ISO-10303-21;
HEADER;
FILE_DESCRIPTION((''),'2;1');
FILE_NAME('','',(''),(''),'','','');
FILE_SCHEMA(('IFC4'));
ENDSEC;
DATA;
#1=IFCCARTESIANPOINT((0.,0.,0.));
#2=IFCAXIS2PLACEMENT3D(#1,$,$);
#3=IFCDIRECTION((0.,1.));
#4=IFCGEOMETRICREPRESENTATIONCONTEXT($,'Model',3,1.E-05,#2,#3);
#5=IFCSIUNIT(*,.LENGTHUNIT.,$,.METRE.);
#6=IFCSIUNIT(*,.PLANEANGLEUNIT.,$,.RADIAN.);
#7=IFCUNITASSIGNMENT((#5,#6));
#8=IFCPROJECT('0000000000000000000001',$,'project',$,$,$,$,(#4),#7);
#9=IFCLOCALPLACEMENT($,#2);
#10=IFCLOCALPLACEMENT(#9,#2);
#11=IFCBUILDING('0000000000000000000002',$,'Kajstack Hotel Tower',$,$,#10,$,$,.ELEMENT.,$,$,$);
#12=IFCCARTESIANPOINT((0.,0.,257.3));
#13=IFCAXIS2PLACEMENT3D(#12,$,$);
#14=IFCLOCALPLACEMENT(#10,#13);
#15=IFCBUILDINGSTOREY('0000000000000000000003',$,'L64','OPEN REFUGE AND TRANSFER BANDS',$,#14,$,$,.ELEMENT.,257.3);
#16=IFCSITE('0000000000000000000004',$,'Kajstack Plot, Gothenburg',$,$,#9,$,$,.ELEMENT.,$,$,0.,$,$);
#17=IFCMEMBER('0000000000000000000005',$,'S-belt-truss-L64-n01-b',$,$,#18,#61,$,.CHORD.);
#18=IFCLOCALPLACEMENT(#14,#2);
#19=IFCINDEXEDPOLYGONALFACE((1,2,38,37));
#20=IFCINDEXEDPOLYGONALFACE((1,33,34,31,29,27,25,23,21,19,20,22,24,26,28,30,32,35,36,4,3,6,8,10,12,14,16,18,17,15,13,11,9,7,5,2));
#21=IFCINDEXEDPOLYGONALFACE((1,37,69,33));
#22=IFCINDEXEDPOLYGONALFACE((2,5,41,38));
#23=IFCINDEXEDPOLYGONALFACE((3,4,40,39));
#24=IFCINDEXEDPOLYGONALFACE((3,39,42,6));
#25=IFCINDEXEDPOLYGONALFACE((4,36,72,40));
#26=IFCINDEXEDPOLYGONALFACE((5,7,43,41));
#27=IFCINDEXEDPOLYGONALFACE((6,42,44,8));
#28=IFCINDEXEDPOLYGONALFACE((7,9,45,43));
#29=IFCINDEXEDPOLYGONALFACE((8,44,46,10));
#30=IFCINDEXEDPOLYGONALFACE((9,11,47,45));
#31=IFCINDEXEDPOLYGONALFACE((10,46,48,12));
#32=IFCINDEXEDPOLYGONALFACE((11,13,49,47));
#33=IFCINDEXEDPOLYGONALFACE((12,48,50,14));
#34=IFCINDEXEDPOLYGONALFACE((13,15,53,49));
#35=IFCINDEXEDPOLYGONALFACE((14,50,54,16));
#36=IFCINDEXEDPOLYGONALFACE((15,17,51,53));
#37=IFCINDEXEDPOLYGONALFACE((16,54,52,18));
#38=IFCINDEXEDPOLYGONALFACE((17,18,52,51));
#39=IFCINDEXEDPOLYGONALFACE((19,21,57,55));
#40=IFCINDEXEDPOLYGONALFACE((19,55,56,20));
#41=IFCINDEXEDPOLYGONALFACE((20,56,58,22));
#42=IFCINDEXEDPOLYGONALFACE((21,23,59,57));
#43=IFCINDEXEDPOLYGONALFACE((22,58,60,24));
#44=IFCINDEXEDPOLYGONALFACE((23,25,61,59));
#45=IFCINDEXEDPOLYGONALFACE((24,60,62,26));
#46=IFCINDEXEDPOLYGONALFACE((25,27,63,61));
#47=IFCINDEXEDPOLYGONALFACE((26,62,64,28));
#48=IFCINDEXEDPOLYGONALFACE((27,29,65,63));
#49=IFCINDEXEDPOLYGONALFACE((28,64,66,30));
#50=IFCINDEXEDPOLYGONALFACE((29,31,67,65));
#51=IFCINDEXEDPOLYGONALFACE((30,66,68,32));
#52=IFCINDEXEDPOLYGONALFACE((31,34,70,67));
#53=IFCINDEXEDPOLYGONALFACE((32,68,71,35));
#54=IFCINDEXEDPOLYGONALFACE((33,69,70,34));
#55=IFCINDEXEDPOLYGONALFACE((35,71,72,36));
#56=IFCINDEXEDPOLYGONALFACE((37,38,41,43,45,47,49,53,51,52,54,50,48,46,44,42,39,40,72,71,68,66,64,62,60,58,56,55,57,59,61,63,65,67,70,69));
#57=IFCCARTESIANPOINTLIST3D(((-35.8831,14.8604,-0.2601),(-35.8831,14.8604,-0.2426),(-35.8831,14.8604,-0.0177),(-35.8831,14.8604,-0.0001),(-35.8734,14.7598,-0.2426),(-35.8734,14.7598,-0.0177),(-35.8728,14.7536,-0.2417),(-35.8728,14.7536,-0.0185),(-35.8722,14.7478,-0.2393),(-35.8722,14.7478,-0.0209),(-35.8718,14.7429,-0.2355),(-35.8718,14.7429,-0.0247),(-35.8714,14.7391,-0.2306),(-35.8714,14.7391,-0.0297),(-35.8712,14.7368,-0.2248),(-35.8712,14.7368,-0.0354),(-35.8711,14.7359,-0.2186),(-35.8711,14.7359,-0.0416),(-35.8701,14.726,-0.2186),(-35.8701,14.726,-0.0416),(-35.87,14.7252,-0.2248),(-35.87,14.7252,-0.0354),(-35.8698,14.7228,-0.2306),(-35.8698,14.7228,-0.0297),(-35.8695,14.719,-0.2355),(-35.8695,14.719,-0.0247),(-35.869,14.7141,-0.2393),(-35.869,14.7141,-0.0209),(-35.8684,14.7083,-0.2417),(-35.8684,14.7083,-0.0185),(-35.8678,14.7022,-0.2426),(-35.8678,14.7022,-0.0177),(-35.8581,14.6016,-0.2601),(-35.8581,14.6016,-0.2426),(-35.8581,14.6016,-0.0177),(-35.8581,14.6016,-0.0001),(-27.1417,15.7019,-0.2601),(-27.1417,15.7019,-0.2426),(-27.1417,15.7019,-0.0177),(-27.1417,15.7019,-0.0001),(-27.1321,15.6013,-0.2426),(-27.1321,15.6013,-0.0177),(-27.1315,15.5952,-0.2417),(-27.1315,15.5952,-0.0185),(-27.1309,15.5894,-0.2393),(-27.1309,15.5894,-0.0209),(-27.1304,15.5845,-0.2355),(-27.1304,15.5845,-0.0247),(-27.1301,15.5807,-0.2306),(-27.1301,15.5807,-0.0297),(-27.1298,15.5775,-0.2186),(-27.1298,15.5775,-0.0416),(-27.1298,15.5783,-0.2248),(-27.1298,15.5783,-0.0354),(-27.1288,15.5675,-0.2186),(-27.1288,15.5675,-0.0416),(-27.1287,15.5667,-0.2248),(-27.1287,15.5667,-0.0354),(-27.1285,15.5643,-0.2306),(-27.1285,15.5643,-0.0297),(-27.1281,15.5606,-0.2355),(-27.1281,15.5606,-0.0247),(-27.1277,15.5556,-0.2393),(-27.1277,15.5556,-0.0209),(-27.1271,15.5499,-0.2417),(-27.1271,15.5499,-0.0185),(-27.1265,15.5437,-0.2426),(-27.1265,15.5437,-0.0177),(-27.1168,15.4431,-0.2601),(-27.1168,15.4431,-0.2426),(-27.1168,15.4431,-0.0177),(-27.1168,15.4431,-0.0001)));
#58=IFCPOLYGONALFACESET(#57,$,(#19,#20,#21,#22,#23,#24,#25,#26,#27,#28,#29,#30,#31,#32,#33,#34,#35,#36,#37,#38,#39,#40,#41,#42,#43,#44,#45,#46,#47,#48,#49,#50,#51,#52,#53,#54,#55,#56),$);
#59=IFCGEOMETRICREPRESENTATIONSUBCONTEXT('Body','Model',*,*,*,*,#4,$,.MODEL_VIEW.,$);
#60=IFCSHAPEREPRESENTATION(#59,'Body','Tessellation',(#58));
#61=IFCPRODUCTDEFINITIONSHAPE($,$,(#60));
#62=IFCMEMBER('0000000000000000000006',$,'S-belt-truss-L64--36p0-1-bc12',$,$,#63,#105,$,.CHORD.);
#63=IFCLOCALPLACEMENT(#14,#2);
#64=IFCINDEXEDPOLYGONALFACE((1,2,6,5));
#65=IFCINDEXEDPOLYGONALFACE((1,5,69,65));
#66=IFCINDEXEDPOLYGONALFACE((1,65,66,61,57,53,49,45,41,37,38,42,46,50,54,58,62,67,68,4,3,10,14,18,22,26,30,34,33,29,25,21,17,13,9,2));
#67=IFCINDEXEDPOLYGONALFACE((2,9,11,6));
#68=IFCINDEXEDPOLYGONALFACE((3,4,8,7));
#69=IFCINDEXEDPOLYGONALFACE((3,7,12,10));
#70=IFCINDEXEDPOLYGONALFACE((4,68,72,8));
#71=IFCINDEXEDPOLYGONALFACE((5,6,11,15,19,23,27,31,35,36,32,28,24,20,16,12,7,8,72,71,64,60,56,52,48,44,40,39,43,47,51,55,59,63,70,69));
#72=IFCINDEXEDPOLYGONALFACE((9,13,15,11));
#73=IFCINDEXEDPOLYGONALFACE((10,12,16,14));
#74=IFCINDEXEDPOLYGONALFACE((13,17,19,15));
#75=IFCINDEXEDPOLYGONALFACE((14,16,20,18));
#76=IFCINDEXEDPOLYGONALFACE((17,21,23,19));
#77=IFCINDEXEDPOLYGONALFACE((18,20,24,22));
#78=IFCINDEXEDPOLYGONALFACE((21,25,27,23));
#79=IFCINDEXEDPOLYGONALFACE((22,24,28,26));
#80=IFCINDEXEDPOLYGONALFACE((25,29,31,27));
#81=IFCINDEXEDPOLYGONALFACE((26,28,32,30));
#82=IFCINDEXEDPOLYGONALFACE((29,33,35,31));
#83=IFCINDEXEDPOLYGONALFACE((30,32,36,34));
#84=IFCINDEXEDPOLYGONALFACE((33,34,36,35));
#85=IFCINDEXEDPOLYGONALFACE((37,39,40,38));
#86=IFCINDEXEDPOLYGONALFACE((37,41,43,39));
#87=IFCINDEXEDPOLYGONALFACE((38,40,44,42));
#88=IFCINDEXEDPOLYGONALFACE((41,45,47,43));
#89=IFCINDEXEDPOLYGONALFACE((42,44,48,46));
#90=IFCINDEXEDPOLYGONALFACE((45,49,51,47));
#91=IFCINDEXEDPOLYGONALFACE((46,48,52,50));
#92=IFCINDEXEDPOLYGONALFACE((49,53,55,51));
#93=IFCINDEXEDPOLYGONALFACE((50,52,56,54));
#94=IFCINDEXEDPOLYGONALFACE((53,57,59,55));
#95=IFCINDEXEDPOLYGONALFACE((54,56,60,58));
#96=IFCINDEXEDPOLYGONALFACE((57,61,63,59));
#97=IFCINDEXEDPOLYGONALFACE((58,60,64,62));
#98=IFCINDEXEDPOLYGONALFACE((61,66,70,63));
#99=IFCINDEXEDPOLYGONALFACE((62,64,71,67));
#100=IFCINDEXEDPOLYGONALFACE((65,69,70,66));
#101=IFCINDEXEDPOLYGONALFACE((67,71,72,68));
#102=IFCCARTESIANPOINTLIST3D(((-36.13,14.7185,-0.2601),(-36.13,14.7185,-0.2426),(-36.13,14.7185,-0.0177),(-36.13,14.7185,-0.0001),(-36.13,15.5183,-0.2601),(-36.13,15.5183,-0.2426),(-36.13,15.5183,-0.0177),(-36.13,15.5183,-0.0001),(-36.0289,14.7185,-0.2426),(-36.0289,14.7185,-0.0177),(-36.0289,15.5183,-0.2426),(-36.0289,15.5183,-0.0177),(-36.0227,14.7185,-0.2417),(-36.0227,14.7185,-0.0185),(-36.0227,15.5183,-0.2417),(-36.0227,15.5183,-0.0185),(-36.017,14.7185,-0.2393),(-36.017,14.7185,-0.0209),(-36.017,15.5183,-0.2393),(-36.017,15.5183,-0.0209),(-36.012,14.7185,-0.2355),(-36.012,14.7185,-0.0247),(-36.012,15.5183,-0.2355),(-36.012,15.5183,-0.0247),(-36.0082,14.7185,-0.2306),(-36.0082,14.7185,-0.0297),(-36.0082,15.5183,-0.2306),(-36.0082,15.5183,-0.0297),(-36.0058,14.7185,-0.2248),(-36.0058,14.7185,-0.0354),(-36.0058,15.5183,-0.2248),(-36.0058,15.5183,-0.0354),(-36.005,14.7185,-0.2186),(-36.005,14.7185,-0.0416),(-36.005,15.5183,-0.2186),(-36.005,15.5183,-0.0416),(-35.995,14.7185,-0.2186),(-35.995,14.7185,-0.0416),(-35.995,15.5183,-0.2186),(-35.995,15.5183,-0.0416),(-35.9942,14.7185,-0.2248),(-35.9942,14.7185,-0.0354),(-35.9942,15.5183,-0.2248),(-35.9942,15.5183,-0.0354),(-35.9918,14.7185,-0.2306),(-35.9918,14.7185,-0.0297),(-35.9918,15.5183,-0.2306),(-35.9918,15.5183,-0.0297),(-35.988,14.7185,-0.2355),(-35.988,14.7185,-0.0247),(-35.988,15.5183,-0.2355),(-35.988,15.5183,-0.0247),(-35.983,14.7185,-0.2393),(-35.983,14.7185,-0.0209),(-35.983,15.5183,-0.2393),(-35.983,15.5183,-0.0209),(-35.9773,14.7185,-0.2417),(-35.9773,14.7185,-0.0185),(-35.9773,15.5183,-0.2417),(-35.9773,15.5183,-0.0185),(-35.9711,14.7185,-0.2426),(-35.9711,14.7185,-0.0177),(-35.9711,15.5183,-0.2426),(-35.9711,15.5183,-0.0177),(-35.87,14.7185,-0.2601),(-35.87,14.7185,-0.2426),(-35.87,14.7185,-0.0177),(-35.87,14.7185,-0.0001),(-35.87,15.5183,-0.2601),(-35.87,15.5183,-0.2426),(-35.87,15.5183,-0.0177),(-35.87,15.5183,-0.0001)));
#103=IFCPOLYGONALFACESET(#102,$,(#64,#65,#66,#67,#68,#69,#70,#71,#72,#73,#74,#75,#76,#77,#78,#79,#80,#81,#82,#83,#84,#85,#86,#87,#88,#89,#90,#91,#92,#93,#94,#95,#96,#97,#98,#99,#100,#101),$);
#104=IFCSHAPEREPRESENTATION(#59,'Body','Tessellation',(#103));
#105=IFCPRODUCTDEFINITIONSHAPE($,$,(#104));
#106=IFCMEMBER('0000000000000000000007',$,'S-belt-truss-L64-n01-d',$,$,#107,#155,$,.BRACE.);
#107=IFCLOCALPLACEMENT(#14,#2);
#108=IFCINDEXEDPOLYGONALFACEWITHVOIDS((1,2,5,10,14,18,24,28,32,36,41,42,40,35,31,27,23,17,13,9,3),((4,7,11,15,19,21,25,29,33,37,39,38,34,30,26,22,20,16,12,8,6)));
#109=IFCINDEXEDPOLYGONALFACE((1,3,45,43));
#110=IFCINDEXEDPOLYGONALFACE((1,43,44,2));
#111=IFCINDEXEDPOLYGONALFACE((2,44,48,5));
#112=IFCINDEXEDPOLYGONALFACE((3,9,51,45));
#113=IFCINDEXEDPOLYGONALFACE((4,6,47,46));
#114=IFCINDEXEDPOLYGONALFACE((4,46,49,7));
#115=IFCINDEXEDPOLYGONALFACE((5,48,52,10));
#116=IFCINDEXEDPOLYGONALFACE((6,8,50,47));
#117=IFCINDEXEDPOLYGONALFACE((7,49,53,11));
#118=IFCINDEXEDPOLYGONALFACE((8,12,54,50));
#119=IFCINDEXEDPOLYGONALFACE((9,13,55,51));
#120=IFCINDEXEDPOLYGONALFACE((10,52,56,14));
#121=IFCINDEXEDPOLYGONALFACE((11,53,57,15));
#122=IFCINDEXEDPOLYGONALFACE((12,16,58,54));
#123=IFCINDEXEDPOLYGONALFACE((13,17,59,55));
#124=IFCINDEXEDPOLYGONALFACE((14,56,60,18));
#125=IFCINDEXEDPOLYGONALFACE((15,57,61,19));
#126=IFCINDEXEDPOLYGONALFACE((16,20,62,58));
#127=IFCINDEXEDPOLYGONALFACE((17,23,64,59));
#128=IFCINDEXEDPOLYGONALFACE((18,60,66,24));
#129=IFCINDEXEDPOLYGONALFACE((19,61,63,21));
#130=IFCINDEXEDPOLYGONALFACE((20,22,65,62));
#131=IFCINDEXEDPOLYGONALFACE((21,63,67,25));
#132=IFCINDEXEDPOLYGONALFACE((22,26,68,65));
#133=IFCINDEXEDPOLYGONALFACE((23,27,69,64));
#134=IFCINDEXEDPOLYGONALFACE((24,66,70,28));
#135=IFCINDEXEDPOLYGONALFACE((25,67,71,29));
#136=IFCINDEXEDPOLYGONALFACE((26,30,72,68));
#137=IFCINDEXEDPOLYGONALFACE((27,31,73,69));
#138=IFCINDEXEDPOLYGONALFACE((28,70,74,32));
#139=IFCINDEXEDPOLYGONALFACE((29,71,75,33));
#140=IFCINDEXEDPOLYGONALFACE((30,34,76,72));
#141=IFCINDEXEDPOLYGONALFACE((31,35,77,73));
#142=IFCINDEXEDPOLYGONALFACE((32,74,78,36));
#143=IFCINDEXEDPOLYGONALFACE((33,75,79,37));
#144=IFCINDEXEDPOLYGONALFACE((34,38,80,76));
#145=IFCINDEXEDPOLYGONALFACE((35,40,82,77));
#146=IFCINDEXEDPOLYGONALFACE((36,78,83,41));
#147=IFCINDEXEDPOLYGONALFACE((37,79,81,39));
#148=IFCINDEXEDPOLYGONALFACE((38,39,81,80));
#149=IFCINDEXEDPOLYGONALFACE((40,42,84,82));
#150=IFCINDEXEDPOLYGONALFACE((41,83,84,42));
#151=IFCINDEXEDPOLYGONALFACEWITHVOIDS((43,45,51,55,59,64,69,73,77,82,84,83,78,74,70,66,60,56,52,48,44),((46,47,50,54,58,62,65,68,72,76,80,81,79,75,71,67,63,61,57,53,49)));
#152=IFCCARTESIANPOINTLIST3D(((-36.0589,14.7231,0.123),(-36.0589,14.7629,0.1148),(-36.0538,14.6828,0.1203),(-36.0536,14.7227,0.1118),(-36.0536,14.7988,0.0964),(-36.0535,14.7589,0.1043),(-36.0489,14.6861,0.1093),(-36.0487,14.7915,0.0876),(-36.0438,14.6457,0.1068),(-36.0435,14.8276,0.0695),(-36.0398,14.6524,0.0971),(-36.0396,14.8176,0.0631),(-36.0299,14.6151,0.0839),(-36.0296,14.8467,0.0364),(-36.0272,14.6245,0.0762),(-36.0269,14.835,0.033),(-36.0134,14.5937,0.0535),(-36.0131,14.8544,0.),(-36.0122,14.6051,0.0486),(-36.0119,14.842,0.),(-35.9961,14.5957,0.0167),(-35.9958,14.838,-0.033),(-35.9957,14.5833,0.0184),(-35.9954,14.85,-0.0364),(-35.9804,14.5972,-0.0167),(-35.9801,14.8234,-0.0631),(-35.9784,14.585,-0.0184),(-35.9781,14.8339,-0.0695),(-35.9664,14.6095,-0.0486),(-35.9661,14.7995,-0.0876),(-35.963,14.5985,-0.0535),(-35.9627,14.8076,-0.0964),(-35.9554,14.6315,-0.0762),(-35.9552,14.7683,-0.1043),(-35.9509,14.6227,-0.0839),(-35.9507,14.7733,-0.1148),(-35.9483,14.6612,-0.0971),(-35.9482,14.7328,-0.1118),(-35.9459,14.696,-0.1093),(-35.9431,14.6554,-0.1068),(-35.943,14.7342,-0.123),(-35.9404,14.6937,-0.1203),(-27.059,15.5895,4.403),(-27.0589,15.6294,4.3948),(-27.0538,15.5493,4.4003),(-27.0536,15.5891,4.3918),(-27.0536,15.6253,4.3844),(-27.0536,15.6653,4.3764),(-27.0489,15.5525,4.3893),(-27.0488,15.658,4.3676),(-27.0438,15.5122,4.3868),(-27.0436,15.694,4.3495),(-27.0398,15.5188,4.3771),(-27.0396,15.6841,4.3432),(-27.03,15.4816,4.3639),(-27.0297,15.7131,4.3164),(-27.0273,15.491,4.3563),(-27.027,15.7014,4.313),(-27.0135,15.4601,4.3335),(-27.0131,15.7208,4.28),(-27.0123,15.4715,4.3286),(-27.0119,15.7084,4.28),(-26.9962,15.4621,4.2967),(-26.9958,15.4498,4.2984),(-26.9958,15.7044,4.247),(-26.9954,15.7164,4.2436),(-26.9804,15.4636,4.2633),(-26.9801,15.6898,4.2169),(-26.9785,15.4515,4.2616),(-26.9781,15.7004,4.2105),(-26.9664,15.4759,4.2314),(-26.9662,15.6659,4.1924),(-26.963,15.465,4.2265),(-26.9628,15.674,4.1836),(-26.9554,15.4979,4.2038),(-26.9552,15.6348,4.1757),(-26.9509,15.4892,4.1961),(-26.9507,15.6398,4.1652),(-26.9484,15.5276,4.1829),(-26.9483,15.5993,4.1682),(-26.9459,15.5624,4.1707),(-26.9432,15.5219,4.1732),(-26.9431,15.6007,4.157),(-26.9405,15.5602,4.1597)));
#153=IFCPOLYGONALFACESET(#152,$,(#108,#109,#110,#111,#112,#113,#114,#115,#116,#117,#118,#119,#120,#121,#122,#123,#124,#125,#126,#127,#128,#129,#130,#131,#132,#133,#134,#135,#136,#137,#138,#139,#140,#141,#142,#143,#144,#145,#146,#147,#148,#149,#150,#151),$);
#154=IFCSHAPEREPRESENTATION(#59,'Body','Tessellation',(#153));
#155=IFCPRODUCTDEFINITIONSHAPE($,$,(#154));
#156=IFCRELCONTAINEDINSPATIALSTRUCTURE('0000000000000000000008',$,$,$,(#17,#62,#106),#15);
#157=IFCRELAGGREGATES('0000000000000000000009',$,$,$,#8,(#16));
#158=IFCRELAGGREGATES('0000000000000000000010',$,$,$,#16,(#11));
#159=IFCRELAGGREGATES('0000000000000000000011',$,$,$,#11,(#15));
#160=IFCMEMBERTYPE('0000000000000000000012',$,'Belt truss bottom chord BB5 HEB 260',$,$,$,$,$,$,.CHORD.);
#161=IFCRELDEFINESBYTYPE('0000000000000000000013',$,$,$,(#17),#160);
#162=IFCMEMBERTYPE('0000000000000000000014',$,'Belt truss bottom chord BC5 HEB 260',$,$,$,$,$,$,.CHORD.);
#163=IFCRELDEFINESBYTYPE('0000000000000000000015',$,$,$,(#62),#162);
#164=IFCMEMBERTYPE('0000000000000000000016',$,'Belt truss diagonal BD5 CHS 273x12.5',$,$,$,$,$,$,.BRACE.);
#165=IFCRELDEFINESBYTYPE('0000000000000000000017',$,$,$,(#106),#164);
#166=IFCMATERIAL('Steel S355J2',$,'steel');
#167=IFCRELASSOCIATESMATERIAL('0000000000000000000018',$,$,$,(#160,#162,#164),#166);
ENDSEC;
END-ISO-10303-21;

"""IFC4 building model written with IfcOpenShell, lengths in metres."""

from ifc_helpers import new_model, si_unit, direction, frame, origin, origin_2d, place, context, subcontext, project, spatial, hollow_circle, i_section, extrude, material, material_profile, profile_set, type_object, element, save


model = new_model("IFC4")

# Units and contexts
model_context = context("Model", 3, precision=1e-05, world=origin(), true_north=direction((0.0, 1.0)))
body_context = subcontext(model_context, "Body", "Model", "MODEL_VIEW")
ifc_project = project(units=[si_unit("LENGTHUNIT", "METRE"), si_unit("PLANEANGLEUNIT", "RADIAN")], contexts=[model_context])

# Site, building, storey
site_placement = place(None, origin())
site = spatial("IfcSite", under=ifc_project, at=site_placement, Name="Kajstack Plot, Gothenburg", CompositionType="ELEMENT", RefElevation=0.0)
building_placement = place(site_placement, origin())
building = spatial("IfcBuilding", under=site, at=building_placement, Name="Kajstack Hotel Tower", CompositionType="ELEMENT")
storey_placement = place(building_placement, frame((0.0, 0.0, 257.3)))
storey = spatial("IfcBuildingStorey", under=building, at=storey_placement, Name="L64", Description="OPEN REFUGE AND TRANSFER BANDS", CompositionType="ELEMENT", Elevation=257.3)

# Members
ifc_material = material(Name="Steel S355J2", Category="steel")
ifc_material_profile_1 = material_profile(ifc_material, i_section(OverallWidth=0.26, OverallDepth=0.26, WebThickness=0.01, FlangeThickness=0.0176, FilletRadius=0.0239, at=origin_2d()), Name="HEB 260")
ifc_profile_set_1 = profile_set([ifc_material_profile_1], Name="Steel S355J2")
member_type_1 = type_object("IfcMemberType", Name="Belt truss bottom chord BB5 HEB 260", PredefinedType="CHORD", material=ifc_profile_set_1)
member_1_placement = place(storey_placement, frame((-35.8706, 14.731, -0.1301), z_axis=(0.995398, 0.095831, 0.0), x_axis=(-0.095831, 0.995398, 0.0)))
element("IfcMember", 1, at=member_1_placement, inside=storey, type_object=member_type_1, Name="S-belt-truss-L64-n01-b", PredefinedType="CHORD", context=body_context, shape_type="SweptSolid", body=[
    extrude(i_section(OverallWidth=0.26, OverallDepth=0.26, WebThickness=0.01, FlangeThickness=0.0176, FilletRadius=0.0239, at=origin_2d()), origin(), (0.0, 0.0, 1.0), 8.7817),
])
ifc_material_profile_2 = material_profile(ifc_material, i_section(OverallWidth=0.26, OverallDepth=0.26, WebThickness=0.01, FlangeThickness=0.0176, FilletRadius=0.0239, at=origin_2d()), Name="HEB 260")
ifc_profile_set_2 = profile_set([ifc_material_profile_2], Name="Steel S355J2")
member_type_2 = type_object("IfcMemberType", Name="Belt truss bottom chord BC5 HEB 260", PredefinedType="CHORD", material=ifc_profile_set_2)
member_2_placement = place(storey_placement, frame((-36.0, 14.7185, -0.1301), z_axis=(0.0, 1.0, 0.0), x_axis=(-1.0, 0.0, 0.0)))
element("IfcMember", 2, at=member_2_placement, inside=storey, type_object=member_type_2, Name="S-belt-truss-L64--36p0-1-bc12", PredefinedType="CHORD", context=body_context, shape_type="SweptSolid", body=[
    extrude(i_section(OverallWidth=0.26, OverallDepth=0.26, WebThickness=0.01, FlangeThickness=0.0176, FilletRadius=0.0239, at=origin_2d()), origin(), (0.0, 0.0, 1.0), 0.7998),
])
ifc_material_profile_3 = material_profile(ifc_material, hollow_circle(Radius=0.1365, WallThickness=0.0125, at=origin_2d()), Name="CHS 273x12.5")
ifc_profile_set_3 = profile_set([ifc_material_profile_3], Name="Steel S355J2")
member_type_3 = type_object("IfcMemberType", Name="Belt truss diagonal BD5 CHS 273x12.5", PredefinedType="BRACE", material=ifc_profile_set_3)
member_3_placement = place(storey_placement, frame((-36.0, 14.7185, 0.0), z_axis=(0.899688, 0.086615, 0.427855), x_axis=(-0.09583, 0.995398, 0.0)))
element("IfcMember", 3, at=member_3_placement, inside=storey, type_object=member_type_3, Name="S-belt-truss-L64-n01-d", PredefinedType="BRACE", context=body_context, shape_type="SweptSolid", body=[
    extrude(hollow_circle(Radius=0.1365, WallThickness=0.0125, at=origin_2d()), origin(), (0.0, 0.0, 1.0), 10.0034),
])

save(model, "model.ifc")
